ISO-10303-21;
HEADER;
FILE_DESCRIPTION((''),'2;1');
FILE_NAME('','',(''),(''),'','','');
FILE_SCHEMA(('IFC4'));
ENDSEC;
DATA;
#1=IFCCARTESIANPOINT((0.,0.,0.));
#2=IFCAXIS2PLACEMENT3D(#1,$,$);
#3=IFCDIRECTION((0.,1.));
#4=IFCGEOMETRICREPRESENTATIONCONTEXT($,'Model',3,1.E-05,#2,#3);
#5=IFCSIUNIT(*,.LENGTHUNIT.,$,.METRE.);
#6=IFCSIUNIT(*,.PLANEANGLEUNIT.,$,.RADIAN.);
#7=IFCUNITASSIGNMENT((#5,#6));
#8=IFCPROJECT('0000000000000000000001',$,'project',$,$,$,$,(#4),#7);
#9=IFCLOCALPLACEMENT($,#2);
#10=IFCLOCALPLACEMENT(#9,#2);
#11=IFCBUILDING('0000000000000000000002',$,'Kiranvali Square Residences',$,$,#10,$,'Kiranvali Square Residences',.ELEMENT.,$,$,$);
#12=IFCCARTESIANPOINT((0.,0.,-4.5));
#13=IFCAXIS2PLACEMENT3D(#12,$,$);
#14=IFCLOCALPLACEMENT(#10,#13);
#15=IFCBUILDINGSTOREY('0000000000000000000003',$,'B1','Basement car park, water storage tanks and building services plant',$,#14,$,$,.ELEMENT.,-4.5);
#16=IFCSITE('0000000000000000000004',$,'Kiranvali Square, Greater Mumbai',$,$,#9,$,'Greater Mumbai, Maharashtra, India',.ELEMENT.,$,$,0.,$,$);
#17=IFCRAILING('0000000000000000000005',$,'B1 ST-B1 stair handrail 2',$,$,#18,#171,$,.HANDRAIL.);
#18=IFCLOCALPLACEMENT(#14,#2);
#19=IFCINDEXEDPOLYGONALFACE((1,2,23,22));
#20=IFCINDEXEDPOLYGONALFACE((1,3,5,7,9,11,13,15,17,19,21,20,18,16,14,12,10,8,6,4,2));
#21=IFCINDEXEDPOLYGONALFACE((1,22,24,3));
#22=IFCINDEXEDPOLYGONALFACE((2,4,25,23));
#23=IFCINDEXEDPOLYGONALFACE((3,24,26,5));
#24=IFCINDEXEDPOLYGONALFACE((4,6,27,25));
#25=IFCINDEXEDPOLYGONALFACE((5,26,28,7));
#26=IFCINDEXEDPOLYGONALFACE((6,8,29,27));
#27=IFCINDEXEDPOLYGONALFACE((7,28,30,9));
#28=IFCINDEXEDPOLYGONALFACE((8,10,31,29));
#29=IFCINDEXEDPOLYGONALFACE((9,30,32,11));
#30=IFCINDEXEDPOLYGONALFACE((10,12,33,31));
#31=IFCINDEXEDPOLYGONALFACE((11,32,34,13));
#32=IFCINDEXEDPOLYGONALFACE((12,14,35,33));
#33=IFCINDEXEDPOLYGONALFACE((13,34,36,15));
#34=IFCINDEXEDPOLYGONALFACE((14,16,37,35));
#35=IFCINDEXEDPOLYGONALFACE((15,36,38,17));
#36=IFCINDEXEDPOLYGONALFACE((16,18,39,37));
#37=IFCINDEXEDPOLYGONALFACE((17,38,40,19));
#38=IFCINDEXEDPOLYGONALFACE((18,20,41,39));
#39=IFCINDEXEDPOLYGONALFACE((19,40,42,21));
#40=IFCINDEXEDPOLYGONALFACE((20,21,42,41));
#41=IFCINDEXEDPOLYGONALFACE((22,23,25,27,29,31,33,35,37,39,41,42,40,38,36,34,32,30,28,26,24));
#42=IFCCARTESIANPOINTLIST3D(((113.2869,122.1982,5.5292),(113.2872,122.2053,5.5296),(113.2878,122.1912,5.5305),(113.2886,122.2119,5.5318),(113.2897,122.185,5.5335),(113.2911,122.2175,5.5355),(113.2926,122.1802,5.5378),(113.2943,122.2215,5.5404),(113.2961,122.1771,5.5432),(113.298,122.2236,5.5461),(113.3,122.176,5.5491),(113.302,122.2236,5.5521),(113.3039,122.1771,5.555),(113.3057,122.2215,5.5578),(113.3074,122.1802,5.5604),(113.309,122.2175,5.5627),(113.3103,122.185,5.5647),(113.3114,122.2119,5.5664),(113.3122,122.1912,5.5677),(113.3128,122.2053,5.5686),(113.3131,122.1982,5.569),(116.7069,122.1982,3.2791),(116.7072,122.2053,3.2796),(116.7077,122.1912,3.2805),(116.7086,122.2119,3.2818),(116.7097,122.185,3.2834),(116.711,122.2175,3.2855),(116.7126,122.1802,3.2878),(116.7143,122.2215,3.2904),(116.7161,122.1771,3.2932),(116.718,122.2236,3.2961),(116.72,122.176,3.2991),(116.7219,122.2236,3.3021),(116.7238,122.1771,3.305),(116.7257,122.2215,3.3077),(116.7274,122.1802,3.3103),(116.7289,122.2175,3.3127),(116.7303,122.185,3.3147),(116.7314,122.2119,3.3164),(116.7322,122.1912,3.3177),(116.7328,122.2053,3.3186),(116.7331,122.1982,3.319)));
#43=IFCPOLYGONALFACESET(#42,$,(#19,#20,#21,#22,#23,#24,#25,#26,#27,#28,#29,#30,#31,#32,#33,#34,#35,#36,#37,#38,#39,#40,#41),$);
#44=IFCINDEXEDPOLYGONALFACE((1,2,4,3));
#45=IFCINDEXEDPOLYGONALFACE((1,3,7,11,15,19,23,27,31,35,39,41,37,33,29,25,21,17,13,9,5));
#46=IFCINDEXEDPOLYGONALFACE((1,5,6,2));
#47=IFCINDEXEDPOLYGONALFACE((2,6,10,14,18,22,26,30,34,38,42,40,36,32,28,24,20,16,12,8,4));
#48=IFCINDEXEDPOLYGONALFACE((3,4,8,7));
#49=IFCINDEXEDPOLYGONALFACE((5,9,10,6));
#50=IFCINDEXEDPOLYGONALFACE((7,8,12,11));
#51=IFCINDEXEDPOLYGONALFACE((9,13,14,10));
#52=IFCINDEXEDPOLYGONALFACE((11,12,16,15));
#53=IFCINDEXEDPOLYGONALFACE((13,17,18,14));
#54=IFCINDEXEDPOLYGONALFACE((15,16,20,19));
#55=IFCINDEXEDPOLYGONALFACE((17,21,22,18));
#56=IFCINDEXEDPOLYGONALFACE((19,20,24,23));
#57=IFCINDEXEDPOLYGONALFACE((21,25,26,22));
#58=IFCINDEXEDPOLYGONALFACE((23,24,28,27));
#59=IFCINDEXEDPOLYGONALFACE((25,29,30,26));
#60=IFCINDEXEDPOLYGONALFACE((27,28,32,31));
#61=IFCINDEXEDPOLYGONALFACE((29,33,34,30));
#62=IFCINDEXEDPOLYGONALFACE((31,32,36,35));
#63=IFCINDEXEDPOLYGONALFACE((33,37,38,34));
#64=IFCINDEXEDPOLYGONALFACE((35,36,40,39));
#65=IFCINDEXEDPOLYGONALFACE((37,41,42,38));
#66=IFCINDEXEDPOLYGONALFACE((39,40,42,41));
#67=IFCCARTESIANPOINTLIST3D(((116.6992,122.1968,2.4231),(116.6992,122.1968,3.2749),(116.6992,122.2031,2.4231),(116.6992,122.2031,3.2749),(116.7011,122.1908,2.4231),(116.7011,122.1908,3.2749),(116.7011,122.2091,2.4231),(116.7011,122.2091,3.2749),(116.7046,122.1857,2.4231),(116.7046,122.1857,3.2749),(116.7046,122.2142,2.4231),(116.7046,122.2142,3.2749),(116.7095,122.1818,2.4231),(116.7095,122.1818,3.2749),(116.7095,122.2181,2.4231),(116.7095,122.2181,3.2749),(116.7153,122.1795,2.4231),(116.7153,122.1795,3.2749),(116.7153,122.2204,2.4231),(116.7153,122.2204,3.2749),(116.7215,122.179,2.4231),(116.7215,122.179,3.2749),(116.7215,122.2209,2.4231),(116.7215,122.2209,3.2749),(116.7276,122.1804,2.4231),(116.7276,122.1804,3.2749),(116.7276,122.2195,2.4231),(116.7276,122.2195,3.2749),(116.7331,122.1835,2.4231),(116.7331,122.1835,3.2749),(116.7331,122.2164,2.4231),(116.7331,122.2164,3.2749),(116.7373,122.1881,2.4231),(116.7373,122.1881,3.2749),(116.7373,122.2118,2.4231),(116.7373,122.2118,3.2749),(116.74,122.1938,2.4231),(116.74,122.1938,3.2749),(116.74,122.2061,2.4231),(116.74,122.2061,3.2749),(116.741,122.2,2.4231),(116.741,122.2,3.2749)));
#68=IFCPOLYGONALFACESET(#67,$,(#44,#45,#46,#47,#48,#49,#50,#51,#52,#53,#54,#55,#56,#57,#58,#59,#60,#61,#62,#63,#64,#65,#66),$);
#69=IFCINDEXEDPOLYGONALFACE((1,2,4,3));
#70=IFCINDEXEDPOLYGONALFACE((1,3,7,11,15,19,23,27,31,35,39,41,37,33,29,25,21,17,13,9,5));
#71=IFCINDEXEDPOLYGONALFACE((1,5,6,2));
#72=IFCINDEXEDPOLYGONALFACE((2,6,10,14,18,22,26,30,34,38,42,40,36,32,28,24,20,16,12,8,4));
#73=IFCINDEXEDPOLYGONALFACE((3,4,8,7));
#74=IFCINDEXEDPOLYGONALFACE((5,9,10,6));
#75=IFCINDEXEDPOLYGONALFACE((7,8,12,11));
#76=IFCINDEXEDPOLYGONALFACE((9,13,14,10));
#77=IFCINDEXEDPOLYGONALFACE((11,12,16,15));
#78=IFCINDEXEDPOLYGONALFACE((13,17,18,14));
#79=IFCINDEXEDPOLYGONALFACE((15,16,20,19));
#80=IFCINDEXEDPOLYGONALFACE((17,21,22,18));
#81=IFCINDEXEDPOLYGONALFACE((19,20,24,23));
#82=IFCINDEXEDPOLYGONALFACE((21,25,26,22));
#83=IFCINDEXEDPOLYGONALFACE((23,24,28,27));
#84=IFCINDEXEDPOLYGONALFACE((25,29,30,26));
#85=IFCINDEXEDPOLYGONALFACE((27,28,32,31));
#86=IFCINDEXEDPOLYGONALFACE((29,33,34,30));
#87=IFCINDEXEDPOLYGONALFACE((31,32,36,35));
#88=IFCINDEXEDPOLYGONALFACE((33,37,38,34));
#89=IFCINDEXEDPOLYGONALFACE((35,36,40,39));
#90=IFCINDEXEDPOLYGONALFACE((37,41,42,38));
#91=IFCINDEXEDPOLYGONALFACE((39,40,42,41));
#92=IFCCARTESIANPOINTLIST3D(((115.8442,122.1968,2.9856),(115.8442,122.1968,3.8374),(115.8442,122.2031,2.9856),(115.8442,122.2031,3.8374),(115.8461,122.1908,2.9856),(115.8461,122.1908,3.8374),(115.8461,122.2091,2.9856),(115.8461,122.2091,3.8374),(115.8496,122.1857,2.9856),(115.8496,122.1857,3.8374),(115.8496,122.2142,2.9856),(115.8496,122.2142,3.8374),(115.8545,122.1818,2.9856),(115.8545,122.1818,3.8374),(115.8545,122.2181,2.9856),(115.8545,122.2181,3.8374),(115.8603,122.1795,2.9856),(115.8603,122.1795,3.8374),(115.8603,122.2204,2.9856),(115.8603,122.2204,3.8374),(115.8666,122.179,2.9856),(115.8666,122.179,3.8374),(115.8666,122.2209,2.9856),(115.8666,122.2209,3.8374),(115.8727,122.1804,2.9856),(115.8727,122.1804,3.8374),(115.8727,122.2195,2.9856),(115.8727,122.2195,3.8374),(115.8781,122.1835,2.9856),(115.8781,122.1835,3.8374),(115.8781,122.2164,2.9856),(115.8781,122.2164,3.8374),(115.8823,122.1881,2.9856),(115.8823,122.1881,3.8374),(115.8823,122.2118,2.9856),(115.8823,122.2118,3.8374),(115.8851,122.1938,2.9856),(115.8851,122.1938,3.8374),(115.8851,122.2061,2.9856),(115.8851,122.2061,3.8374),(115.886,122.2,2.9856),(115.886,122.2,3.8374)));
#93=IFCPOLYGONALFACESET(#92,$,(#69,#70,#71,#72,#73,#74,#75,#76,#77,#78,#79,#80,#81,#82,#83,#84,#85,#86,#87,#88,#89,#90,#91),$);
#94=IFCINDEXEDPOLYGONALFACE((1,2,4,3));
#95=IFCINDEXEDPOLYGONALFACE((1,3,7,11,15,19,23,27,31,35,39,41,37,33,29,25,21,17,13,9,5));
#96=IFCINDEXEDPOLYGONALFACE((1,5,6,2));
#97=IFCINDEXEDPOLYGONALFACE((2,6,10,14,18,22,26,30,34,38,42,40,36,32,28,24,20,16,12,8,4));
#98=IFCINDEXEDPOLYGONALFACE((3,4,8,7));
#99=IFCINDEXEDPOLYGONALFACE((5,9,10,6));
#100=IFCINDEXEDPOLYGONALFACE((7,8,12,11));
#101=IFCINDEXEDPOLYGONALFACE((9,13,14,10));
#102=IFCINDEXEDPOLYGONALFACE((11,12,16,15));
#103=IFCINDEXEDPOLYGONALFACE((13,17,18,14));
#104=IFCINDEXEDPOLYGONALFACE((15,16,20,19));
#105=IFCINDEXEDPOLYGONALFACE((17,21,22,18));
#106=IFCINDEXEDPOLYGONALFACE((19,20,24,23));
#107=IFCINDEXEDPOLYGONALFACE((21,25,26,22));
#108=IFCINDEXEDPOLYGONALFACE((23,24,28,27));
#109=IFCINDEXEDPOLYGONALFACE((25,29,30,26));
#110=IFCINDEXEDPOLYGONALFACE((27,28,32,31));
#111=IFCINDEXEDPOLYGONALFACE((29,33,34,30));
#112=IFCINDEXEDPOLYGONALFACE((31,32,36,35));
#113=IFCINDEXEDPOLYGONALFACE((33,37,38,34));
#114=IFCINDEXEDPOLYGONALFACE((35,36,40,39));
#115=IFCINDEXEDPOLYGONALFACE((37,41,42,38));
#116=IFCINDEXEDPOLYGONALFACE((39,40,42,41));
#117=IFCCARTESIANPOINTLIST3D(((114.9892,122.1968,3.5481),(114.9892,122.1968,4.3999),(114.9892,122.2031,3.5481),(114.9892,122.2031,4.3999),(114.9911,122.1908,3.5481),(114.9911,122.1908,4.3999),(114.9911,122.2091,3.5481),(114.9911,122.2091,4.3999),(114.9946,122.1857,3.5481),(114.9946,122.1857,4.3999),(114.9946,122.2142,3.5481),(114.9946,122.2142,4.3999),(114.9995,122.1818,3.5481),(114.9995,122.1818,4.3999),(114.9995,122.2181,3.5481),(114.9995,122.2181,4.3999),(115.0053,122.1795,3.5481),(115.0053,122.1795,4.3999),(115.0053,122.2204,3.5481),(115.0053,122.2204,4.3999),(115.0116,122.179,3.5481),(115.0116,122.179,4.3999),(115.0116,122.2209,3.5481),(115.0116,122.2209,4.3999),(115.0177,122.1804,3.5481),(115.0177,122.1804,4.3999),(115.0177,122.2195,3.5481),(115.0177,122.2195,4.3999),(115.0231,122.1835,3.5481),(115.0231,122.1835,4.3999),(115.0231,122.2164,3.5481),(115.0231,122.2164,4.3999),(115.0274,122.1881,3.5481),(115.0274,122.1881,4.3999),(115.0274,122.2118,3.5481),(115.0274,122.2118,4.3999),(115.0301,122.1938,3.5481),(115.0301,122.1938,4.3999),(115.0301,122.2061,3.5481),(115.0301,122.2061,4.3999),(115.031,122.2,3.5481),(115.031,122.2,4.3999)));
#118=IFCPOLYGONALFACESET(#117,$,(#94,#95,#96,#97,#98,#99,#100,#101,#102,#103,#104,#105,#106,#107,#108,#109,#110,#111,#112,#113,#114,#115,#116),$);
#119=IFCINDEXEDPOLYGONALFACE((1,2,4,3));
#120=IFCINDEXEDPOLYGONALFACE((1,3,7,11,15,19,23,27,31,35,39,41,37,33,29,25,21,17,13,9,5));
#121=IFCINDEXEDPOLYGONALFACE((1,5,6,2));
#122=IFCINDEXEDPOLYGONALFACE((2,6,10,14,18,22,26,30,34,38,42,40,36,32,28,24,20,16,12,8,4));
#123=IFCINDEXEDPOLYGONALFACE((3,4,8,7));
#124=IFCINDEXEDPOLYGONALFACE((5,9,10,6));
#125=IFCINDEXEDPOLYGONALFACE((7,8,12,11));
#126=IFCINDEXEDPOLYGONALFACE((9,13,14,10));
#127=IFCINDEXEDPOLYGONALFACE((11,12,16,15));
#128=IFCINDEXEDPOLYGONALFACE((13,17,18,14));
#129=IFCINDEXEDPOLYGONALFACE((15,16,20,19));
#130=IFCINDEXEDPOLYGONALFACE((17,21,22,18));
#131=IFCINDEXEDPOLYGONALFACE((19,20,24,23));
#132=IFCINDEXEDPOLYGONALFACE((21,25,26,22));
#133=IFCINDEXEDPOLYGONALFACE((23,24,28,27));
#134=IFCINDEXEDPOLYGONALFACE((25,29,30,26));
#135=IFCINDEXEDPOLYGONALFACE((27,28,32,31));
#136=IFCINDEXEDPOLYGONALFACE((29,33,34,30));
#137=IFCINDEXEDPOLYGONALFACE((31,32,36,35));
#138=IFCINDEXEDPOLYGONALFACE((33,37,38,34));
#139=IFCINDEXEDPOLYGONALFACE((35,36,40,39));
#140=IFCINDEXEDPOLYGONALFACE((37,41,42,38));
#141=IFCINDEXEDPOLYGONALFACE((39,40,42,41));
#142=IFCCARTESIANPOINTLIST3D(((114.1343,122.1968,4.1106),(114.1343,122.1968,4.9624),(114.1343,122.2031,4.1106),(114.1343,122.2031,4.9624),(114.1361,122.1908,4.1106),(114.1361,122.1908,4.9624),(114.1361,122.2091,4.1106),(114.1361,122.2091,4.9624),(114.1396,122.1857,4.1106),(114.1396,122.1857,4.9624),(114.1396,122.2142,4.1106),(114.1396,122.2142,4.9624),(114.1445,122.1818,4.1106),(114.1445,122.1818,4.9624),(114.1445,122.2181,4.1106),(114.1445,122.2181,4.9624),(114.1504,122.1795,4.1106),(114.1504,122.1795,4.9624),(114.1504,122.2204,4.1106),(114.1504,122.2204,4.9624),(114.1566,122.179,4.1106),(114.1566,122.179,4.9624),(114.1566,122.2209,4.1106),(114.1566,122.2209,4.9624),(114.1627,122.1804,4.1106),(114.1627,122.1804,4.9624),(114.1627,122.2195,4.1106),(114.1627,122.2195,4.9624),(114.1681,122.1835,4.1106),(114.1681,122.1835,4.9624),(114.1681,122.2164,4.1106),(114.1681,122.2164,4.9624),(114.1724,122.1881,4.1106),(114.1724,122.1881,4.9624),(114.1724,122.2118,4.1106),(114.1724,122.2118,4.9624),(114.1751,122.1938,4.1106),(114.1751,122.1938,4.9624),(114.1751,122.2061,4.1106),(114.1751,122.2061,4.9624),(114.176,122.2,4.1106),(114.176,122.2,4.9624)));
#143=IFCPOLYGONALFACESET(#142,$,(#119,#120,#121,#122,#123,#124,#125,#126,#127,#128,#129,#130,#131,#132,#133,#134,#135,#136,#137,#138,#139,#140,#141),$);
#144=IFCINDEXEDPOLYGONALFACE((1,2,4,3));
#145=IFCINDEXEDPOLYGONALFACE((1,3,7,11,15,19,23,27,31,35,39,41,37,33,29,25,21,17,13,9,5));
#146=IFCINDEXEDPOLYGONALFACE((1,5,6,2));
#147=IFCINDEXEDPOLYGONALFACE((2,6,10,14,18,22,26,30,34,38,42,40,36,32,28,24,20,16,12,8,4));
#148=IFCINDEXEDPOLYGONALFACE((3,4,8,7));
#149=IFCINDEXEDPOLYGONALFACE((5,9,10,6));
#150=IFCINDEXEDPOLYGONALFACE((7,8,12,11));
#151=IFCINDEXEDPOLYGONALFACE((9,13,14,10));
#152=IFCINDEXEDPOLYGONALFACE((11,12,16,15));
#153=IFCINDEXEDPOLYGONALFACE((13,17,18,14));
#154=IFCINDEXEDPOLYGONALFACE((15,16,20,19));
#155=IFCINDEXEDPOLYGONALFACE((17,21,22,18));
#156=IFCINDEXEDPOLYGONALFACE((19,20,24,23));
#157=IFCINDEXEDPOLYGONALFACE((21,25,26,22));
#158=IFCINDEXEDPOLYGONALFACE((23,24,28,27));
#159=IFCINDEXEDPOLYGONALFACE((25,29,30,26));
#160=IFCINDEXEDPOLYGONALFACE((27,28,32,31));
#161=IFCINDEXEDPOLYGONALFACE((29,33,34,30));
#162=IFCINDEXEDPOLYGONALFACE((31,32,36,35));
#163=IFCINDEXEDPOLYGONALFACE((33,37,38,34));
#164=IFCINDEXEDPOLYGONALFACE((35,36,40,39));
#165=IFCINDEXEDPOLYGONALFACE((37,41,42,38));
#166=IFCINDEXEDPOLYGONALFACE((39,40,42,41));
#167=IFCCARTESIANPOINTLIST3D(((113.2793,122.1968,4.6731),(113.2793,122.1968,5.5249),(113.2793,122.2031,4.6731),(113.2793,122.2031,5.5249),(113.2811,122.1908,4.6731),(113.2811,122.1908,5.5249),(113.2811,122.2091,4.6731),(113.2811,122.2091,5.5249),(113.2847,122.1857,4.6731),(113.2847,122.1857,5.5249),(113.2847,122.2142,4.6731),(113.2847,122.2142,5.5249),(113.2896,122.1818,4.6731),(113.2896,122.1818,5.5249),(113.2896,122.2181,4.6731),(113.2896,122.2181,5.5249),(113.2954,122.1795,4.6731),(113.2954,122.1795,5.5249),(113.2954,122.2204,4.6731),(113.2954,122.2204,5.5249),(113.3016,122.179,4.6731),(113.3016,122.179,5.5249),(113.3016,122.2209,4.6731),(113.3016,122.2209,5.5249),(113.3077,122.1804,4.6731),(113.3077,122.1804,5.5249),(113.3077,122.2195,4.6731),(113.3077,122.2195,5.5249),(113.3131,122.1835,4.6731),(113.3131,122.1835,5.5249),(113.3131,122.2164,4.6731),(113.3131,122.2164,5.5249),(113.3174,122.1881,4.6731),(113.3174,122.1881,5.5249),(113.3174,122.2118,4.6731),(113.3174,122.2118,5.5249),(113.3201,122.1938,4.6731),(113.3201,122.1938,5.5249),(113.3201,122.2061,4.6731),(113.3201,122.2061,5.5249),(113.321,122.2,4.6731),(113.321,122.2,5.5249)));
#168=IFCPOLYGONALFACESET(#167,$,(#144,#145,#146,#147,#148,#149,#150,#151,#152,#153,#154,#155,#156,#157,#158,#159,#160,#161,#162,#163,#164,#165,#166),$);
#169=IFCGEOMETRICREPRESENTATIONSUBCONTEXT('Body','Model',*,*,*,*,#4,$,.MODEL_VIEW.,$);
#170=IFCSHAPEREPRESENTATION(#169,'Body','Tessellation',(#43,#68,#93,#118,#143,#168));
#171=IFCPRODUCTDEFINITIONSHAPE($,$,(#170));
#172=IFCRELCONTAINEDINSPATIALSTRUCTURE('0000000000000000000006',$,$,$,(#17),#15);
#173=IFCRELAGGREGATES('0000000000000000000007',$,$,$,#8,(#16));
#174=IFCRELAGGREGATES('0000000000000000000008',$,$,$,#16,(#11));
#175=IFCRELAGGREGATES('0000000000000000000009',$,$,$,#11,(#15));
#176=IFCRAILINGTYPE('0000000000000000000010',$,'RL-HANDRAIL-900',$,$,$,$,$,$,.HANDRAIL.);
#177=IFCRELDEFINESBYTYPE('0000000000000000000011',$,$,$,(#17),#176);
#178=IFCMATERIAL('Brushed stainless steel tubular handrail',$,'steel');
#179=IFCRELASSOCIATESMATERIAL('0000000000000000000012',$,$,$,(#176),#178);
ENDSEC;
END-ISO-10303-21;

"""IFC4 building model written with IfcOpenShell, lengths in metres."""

from ifc_helpers import new_model, si_unit, direction, frame, origin, origin_2d, place, context, subcontext, project, spatial, circle, extrude, material, type_object, element, save


model = new_model("IFC4")

# Units and contexts
model_context = context("Model", 3, precision=1e-05, world=origin(), true_north=direction((0.0, 1.0)))
body_context = subcontext(model_context, "Body", "Model", "MODEL_VIEW")
ifc_project = project(units=[si_unit("LENGTHUNIT", "METRE"), si_unit("PLANEANGLEUNIT", "RADIAN")], contexts=[model_context])

# Site, building, storey
site_placement = place(None, origin())
site = spatial("IfcSite", under=ifc_project, at=site_placement, Name="Kiranvali Square, Greater Mumbai", LongName="Greater Mumbai, Maharashtra, India", CompositionType="ELEMENT", RefElevation=0.0)
building_placement = place(site_placement, origin())
building = spatial("IfcBuilding", under=site, at=building_placement, Name="Kiranvali Square Residences", LongName="Kiranvali Square Residences", CompositionType="ELEMENT")
storey_placement = place(building_placement, frame((0.0, 0.0, -4.5)))
storey = spatial("IfcBuildingStorey", under=building, at=storey_placement, Name="B1", Description="Basement car park, water storage tanks and building services plant", CompositionType="ELEMENT", Elevation=-4.5)

# Railing
ifc_material_1 = material(Name="Brushed stainless steel tubular handrail", Category="steel")
railing_type_1 = type_object("IfcRailingType", Name="RL-HANDRAIL-900", PredefinedType="HANDRAIL", material=ifc_material_1)
railing_1_placement = place(storey_placement, frame((116.72, 122.2, 2.4231)))
element("IfcRailing", 1, at=railing_1_placement, inside=storey, type_object=railing_type_1, Name="B1 ST-B1 stair handrail 2", PredefinedType="HANDRAIL", context=body_context, shape_type="SweptSolid", body=[
    extrude(circle(Radius=0.0239, at=origin_2d()), frame((0.0, 0.0, 0.876), z_axis=(-0.835411, 0.0, 0.549625), x_axis=(0.0, -1.0, 0.0)), (0.0, 0.0, 1.0), 4.0938),
    extrude(circle(Radius=0.021, at=origin_2d()), origin(), (0.0, 0.0, 1.0), 0.8518),
    extrude(circle(Radius=0.021, at=origin_2d()), frame((-0.855, 0.0, 0.5625)), (0.0, 0.0, 1.0), 0.8518),
    extrude(circle(Radius=0.021, at=origin_2d()), frame((-1.71, 0.0, 1.125)), (0.0, 0.0, 1.0), 0.8518),
    extrude(circle(Radius=0.021, at=origin_2d()), frame((-2.5649, 0.0, 1.6875)), (0.0, 0.0, 1.0), 0.8518),
    extrude(circle(Radius=0.021, at=origin_2d()), frame((-3.4199, 0.0, 2.25)), (0.0, 0.0, 1.0), 0.8518),
])

save(model, "model.ifc")
